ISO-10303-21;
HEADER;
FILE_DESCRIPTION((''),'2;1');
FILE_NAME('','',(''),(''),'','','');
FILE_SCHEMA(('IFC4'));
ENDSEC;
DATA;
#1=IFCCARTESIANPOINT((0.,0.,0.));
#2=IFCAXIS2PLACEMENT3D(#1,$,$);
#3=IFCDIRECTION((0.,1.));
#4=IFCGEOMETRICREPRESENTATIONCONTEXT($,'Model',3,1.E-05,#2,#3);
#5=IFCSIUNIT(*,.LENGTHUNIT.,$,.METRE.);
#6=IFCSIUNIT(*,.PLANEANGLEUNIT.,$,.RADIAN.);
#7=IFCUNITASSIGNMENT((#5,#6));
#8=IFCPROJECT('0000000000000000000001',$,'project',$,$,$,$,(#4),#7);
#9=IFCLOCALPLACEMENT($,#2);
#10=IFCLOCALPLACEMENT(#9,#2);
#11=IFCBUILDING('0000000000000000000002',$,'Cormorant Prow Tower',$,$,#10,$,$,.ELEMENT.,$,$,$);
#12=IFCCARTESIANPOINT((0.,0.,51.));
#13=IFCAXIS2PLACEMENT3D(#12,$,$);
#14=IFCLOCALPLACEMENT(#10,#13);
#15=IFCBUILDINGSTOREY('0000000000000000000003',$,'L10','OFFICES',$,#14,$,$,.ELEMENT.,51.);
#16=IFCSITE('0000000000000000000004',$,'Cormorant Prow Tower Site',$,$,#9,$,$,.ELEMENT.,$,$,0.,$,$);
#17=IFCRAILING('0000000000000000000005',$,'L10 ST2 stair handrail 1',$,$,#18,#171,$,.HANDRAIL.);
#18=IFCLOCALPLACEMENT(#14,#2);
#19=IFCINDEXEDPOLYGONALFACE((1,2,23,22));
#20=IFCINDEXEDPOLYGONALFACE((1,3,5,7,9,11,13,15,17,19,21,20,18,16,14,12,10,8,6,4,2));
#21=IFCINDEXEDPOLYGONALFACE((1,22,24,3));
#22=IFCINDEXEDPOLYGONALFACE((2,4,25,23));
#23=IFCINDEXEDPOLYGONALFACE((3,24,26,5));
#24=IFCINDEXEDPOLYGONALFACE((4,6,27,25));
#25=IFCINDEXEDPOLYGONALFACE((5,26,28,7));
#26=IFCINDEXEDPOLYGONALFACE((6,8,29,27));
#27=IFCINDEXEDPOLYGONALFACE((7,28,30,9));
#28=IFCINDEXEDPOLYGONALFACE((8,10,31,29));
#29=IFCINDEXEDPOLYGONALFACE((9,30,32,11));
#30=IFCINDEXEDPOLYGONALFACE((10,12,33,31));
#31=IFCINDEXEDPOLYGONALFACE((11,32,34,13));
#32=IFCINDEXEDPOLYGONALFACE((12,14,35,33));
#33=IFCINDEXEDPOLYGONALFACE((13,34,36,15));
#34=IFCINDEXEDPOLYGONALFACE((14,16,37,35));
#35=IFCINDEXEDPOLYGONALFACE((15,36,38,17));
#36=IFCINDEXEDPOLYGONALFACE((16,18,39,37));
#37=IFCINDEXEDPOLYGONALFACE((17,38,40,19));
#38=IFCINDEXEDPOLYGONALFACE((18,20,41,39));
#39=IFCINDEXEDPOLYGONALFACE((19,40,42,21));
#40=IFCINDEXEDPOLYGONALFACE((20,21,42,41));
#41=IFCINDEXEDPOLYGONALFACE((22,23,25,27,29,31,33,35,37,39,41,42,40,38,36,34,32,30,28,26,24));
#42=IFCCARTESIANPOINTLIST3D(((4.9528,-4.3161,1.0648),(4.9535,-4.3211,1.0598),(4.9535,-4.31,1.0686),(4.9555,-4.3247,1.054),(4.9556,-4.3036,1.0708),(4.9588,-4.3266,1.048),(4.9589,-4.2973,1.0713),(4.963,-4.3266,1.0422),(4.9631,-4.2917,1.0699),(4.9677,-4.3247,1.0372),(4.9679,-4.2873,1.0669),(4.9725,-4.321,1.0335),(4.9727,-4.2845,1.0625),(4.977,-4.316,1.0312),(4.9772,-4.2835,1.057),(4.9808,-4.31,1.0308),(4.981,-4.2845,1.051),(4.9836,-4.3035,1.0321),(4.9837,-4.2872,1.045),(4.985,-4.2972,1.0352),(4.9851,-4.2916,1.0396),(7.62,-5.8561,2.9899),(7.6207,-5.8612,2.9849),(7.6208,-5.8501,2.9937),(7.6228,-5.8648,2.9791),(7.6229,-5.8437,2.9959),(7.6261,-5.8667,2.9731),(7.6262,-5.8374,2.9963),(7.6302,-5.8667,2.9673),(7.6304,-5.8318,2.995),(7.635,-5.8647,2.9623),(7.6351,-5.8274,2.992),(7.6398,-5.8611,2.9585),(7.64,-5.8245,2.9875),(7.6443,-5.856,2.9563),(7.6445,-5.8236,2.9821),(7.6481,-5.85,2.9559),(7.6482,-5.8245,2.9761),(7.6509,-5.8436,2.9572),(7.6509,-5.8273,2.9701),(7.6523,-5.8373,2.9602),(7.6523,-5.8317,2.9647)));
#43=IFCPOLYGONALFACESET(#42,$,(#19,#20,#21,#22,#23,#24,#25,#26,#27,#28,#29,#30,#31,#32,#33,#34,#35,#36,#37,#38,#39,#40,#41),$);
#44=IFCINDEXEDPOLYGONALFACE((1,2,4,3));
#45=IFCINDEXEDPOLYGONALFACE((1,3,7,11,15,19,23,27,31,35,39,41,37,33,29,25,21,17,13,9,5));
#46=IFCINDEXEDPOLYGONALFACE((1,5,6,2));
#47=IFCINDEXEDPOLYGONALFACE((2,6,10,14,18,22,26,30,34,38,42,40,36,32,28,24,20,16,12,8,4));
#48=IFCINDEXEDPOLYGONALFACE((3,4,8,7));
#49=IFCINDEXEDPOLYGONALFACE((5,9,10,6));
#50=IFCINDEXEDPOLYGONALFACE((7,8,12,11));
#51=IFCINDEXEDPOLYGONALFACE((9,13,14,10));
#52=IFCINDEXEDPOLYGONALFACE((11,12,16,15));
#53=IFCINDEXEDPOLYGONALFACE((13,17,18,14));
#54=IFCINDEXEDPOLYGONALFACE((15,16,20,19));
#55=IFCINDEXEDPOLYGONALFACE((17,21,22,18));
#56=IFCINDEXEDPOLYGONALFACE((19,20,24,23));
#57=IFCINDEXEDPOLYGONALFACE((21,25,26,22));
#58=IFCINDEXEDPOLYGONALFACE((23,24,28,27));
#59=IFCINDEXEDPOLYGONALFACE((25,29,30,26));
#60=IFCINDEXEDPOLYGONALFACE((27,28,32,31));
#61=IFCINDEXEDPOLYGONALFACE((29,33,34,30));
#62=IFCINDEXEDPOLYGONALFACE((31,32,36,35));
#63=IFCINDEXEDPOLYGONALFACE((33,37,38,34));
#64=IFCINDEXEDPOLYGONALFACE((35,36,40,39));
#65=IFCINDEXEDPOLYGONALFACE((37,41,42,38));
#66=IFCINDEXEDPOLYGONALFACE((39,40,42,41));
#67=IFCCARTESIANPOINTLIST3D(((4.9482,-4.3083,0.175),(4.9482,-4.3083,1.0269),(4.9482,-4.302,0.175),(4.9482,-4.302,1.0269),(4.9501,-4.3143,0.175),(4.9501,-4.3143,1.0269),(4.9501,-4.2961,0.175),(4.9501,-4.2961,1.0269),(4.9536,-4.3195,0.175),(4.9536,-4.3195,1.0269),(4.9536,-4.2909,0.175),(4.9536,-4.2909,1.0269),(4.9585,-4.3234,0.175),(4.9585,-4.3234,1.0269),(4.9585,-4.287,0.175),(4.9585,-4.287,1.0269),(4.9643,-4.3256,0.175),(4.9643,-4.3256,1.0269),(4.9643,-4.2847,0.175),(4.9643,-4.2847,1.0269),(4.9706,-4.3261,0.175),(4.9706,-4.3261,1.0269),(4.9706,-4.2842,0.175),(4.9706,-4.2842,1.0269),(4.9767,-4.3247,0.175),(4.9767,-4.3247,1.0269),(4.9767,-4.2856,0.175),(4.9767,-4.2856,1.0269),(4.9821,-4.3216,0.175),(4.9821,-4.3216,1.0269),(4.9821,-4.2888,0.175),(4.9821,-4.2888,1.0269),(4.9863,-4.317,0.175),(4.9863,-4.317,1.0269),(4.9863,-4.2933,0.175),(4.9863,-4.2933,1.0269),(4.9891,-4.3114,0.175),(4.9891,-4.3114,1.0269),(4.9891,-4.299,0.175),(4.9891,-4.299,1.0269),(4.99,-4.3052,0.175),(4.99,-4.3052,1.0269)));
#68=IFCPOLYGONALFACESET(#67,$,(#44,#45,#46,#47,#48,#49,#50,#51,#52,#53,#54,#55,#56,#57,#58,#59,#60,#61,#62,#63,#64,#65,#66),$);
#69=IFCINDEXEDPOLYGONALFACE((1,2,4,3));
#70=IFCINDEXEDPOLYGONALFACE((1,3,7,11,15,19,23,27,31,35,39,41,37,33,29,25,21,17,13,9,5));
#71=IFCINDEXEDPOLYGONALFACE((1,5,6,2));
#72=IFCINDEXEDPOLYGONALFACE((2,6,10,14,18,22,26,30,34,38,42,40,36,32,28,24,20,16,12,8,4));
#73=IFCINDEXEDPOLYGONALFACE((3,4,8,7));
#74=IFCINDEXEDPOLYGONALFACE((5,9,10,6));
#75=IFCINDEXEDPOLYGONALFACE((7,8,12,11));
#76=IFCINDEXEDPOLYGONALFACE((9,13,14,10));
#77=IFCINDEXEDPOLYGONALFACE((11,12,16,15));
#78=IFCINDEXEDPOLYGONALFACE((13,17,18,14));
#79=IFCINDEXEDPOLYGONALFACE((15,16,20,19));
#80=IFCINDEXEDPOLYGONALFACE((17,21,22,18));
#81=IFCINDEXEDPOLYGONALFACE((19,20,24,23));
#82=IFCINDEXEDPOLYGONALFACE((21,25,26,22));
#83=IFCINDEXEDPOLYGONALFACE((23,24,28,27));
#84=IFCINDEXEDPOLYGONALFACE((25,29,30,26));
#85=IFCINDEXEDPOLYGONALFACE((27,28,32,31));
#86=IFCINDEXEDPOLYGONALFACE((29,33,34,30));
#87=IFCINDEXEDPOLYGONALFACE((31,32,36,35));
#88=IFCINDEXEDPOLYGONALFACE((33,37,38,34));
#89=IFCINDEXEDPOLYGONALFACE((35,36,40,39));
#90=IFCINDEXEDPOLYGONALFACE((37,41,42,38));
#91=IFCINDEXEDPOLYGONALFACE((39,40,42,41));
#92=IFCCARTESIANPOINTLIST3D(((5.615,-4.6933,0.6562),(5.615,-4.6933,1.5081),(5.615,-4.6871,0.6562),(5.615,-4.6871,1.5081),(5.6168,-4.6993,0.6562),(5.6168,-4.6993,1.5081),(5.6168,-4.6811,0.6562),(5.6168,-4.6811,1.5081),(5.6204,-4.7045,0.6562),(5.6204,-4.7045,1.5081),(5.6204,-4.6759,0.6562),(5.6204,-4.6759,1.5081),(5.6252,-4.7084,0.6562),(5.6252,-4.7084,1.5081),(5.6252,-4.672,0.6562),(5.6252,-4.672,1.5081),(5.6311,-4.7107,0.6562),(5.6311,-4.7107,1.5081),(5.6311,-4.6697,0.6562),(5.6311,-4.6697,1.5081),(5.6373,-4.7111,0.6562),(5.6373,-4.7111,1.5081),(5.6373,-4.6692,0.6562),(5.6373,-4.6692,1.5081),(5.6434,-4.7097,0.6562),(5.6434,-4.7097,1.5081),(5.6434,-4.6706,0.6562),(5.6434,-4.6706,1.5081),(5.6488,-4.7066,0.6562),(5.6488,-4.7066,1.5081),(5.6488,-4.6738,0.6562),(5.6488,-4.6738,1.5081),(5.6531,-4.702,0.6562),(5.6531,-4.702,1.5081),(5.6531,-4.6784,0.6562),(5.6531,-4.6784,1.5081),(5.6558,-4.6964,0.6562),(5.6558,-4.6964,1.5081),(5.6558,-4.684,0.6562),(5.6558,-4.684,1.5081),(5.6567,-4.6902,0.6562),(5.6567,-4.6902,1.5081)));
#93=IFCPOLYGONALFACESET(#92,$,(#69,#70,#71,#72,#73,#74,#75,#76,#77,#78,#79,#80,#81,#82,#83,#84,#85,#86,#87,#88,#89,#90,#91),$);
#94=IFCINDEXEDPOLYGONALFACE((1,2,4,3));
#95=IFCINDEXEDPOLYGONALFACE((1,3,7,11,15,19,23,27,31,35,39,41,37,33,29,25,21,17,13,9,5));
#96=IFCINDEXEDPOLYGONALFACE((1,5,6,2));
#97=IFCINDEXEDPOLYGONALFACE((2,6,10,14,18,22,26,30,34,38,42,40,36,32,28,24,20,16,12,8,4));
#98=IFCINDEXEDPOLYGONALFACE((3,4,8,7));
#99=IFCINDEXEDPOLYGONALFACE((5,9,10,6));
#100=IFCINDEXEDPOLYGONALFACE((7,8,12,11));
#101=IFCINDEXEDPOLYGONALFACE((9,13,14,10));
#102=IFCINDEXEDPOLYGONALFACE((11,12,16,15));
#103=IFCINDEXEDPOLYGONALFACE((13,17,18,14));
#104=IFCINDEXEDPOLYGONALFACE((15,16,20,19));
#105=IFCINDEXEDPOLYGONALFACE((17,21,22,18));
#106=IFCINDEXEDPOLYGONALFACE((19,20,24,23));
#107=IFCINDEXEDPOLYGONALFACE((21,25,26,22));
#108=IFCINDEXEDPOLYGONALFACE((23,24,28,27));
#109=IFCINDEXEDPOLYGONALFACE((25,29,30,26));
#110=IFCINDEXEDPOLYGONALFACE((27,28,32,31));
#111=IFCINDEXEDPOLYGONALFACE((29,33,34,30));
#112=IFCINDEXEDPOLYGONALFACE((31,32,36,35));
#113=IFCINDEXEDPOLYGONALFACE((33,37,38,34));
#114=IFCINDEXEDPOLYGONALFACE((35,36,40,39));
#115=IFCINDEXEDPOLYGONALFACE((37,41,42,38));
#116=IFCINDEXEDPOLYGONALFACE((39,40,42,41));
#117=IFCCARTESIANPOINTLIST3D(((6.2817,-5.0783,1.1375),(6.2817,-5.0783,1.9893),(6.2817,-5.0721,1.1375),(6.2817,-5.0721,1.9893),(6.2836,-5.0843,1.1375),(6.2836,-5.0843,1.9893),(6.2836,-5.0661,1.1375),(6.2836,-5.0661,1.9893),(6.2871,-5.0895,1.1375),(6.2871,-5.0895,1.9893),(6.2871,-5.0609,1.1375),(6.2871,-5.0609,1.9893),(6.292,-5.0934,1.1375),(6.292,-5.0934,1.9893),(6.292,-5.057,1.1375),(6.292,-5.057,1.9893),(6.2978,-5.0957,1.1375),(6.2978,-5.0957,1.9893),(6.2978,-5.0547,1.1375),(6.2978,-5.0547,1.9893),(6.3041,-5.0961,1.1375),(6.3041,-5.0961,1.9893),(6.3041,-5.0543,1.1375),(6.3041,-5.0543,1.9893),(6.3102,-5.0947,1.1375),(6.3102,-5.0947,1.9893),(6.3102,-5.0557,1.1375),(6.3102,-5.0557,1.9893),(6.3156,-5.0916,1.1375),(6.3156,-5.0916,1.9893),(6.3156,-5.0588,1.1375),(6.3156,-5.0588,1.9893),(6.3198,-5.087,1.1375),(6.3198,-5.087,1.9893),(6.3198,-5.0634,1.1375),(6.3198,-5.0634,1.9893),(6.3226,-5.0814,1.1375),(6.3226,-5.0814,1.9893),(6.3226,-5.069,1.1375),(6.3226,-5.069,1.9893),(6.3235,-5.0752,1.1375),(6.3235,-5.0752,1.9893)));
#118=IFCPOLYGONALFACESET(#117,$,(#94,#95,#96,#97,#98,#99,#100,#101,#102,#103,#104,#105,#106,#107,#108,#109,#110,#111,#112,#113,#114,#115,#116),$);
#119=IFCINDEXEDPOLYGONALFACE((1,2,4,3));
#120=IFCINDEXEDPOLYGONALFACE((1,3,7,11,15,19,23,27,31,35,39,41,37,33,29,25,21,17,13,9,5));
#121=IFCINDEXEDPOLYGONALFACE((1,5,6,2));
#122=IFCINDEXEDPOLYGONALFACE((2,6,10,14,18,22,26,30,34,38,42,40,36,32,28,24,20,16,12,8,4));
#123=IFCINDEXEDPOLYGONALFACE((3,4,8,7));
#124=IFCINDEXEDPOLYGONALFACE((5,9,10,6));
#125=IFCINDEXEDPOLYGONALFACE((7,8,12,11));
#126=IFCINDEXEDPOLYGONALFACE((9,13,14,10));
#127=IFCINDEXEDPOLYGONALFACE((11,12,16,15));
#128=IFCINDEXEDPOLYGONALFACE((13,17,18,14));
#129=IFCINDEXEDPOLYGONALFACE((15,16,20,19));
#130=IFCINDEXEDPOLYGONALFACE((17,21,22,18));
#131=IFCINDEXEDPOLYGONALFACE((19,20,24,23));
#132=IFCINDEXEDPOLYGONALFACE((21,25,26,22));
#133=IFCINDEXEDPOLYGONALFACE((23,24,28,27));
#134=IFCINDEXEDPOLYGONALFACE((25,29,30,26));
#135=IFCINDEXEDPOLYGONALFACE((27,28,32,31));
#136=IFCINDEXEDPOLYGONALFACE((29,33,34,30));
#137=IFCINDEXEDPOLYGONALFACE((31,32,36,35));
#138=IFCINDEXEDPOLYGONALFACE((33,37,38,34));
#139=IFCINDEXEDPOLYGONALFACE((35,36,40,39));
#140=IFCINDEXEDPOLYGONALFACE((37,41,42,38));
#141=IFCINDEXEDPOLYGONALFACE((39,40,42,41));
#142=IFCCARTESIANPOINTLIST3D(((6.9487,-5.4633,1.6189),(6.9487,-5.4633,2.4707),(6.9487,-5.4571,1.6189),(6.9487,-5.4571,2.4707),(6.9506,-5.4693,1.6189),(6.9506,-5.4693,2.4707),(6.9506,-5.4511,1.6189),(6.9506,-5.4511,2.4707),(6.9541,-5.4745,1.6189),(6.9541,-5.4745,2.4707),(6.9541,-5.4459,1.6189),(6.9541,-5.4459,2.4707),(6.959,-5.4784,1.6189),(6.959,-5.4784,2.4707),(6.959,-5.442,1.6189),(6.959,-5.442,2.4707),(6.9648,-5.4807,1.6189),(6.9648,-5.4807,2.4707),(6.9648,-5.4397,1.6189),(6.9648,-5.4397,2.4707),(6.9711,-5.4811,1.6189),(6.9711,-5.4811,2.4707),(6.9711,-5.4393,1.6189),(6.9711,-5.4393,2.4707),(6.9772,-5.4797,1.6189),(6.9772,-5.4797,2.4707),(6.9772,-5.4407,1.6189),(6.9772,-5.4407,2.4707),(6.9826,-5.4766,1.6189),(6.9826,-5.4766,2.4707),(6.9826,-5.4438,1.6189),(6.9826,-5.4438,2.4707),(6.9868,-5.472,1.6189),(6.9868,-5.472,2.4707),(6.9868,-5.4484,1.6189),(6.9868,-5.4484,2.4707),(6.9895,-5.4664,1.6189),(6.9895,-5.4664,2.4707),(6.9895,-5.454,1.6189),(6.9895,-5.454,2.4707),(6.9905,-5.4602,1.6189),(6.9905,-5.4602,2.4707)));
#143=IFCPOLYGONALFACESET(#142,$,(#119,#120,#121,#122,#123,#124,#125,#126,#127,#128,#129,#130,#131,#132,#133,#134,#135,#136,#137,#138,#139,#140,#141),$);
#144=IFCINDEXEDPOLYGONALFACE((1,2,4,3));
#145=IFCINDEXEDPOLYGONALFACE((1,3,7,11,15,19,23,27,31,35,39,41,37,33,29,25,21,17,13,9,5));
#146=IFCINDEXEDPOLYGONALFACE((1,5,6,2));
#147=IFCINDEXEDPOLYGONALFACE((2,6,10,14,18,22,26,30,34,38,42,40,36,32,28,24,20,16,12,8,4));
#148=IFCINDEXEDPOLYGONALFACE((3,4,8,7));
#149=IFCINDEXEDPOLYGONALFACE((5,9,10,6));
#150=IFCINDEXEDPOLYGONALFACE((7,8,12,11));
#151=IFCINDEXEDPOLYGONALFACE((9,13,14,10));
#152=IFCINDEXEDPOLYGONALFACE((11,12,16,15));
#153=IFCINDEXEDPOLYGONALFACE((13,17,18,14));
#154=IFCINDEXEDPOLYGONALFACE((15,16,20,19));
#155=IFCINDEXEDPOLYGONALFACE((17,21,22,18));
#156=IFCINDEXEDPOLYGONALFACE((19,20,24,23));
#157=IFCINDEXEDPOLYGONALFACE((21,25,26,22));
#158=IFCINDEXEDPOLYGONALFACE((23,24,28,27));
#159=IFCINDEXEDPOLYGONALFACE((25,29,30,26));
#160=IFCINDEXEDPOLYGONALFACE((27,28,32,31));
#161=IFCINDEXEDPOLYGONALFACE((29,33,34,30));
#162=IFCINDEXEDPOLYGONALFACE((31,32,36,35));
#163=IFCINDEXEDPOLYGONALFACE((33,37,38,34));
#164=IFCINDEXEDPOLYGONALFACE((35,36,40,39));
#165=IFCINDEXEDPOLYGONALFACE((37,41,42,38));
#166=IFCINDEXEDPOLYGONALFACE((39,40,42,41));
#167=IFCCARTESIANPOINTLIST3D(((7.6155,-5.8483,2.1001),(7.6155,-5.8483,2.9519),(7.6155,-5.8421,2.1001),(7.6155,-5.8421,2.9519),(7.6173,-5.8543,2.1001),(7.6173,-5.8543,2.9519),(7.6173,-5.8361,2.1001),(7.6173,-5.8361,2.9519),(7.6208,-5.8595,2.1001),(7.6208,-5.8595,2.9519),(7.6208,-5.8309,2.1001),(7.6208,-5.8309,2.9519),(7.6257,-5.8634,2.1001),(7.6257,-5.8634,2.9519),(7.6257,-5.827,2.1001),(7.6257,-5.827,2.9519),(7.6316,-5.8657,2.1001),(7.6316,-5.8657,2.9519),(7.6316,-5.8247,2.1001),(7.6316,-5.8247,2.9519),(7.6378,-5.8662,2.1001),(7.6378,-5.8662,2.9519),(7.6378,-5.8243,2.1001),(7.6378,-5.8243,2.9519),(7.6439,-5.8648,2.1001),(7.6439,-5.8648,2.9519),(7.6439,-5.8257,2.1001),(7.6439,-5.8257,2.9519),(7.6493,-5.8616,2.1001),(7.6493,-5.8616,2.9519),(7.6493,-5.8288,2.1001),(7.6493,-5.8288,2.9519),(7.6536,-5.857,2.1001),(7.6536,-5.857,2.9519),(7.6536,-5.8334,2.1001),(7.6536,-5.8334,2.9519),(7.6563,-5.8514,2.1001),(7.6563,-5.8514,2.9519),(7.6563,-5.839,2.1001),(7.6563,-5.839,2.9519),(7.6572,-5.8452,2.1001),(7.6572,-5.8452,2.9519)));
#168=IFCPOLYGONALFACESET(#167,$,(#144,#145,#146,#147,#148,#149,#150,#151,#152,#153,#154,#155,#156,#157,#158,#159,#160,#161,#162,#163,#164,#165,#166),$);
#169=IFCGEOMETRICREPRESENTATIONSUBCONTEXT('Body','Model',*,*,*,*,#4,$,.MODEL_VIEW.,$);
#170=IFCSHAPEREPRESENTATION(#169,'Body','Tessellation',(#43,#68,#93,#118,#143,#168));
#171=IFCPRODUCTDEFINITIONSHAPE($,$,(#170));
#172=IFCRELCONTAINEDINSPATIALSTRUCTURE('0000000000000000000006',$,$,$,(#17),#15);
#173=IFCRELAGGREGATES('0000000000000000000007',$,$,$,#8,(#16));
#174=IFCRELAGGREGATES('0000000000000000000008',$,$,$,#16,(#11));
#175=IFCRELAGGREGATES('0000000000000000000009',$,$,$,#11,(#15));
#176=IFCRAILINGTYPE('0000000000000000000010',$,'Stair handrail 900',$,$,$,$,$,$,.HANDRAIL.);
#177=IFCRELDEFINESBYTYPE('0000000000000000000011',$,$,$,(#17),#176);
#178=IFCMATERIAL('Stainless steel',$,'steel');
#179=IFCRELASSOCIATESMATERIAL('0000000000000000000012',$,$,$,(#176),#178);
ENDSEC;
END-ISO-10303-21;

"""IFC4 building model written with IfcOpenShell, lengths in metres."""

from ifc_helpers import new_model, si_unit, direction, frame, origin, origin_2d, place, context, subcontext, project, spatial, circle, extrude, material, type_object, element, save


model = new_model("IFC4")

# Units and contexts
model_context = context("Model", 3, precision=1e-05, world=origin(), true_north=direction((0.0, 1.0)))
body_context = subcontext(model_context, "Body", "Model", "MODEL_VIEW")
ifc_project = project(units=[si_unit("LENGTHUNIT", "METRE"), si_unit("PLANEANGLEUNIT", "RADIAN")], contexts=[model_context])

# Site, building, storey
site_placement = place(None, origin())
site = spatial("IfcSite", under=ifc_project, at=site_placement, Name="Cormorant Prow Tower Site", CompositionType="ELEMENT", RefElevation=0.0)
building_placement = place(site_placement, origin())
building = spatial("IfcBuilding", under=site, at=building_placement, Name="Cormorant Prow Tower", CompositionType="ELEMENT")
storey_placement = place(building_placement, frame((0.0, 0.0, 51.0)))
storey = spatial("IfcBuildingStorey", under=building, at=storey_placement, Name="L10", Description="OFFICES", CompositionType="ELEMENT", Elevation=51.0)

# Railing
ifc_material_1 = material(Name="Stainless steel", Category="steel")
railing_type_1 = type_object("IfcRailingType", Name="Stair handrail 900", PredefinedType="HANDRAIL", material=ifc_material_1)
railing_1_placement = place(storey_placement, frame((4.969, -4.3052, 0.175)))
element("IfcRailing", 1, at=railing_1_placement, inside=storey, type_object=railing_type_1, Name="L10 ST2 stair handrail 1", PredefinedType="HANDRAIL", context=body_context, shape_type="SweptSolid", body=[
    extrude(circle(Radius=0.0239, at=origin_2d()), frame((0.0, 0.0, 0.876), z_axis=(0.734364, -0.424015, 0.530019), x_axis=(0.500027, 0.86601, 0.0)), (0.0, 0.0, 1.0), 3.6321),
    extrude(circle(Radius=0.021, at=origin_2d()), origin(), (0.0, 0.0, 1.0), 0.8518),
    extrude(circle(Radius=0.021, at=origin_2d()), frame((0.6667, -0.385, 0.4812)), (0.0, 0.0, 1.0), 0.8518),
    extrude(circle(Radius=0.021, at=origin_2d()), frame((1.3335, -0.77, 0.9624)), (0.0, 0.0, 1.0), 0.8518),
    extrude(circle(Radius=0.021, at=origin_2d()), frame((2.0005, -1.155, 1.4438)), (0.0, 0.0, 1.0), 0.8518),
    extrude(circle(Radius=0.021, at=origin_2d()), frame((2.6672, -1.54, 1.925)), (0.0, 0.0, 1.0), 0.8518),
])

save(model, "model.ifc")
